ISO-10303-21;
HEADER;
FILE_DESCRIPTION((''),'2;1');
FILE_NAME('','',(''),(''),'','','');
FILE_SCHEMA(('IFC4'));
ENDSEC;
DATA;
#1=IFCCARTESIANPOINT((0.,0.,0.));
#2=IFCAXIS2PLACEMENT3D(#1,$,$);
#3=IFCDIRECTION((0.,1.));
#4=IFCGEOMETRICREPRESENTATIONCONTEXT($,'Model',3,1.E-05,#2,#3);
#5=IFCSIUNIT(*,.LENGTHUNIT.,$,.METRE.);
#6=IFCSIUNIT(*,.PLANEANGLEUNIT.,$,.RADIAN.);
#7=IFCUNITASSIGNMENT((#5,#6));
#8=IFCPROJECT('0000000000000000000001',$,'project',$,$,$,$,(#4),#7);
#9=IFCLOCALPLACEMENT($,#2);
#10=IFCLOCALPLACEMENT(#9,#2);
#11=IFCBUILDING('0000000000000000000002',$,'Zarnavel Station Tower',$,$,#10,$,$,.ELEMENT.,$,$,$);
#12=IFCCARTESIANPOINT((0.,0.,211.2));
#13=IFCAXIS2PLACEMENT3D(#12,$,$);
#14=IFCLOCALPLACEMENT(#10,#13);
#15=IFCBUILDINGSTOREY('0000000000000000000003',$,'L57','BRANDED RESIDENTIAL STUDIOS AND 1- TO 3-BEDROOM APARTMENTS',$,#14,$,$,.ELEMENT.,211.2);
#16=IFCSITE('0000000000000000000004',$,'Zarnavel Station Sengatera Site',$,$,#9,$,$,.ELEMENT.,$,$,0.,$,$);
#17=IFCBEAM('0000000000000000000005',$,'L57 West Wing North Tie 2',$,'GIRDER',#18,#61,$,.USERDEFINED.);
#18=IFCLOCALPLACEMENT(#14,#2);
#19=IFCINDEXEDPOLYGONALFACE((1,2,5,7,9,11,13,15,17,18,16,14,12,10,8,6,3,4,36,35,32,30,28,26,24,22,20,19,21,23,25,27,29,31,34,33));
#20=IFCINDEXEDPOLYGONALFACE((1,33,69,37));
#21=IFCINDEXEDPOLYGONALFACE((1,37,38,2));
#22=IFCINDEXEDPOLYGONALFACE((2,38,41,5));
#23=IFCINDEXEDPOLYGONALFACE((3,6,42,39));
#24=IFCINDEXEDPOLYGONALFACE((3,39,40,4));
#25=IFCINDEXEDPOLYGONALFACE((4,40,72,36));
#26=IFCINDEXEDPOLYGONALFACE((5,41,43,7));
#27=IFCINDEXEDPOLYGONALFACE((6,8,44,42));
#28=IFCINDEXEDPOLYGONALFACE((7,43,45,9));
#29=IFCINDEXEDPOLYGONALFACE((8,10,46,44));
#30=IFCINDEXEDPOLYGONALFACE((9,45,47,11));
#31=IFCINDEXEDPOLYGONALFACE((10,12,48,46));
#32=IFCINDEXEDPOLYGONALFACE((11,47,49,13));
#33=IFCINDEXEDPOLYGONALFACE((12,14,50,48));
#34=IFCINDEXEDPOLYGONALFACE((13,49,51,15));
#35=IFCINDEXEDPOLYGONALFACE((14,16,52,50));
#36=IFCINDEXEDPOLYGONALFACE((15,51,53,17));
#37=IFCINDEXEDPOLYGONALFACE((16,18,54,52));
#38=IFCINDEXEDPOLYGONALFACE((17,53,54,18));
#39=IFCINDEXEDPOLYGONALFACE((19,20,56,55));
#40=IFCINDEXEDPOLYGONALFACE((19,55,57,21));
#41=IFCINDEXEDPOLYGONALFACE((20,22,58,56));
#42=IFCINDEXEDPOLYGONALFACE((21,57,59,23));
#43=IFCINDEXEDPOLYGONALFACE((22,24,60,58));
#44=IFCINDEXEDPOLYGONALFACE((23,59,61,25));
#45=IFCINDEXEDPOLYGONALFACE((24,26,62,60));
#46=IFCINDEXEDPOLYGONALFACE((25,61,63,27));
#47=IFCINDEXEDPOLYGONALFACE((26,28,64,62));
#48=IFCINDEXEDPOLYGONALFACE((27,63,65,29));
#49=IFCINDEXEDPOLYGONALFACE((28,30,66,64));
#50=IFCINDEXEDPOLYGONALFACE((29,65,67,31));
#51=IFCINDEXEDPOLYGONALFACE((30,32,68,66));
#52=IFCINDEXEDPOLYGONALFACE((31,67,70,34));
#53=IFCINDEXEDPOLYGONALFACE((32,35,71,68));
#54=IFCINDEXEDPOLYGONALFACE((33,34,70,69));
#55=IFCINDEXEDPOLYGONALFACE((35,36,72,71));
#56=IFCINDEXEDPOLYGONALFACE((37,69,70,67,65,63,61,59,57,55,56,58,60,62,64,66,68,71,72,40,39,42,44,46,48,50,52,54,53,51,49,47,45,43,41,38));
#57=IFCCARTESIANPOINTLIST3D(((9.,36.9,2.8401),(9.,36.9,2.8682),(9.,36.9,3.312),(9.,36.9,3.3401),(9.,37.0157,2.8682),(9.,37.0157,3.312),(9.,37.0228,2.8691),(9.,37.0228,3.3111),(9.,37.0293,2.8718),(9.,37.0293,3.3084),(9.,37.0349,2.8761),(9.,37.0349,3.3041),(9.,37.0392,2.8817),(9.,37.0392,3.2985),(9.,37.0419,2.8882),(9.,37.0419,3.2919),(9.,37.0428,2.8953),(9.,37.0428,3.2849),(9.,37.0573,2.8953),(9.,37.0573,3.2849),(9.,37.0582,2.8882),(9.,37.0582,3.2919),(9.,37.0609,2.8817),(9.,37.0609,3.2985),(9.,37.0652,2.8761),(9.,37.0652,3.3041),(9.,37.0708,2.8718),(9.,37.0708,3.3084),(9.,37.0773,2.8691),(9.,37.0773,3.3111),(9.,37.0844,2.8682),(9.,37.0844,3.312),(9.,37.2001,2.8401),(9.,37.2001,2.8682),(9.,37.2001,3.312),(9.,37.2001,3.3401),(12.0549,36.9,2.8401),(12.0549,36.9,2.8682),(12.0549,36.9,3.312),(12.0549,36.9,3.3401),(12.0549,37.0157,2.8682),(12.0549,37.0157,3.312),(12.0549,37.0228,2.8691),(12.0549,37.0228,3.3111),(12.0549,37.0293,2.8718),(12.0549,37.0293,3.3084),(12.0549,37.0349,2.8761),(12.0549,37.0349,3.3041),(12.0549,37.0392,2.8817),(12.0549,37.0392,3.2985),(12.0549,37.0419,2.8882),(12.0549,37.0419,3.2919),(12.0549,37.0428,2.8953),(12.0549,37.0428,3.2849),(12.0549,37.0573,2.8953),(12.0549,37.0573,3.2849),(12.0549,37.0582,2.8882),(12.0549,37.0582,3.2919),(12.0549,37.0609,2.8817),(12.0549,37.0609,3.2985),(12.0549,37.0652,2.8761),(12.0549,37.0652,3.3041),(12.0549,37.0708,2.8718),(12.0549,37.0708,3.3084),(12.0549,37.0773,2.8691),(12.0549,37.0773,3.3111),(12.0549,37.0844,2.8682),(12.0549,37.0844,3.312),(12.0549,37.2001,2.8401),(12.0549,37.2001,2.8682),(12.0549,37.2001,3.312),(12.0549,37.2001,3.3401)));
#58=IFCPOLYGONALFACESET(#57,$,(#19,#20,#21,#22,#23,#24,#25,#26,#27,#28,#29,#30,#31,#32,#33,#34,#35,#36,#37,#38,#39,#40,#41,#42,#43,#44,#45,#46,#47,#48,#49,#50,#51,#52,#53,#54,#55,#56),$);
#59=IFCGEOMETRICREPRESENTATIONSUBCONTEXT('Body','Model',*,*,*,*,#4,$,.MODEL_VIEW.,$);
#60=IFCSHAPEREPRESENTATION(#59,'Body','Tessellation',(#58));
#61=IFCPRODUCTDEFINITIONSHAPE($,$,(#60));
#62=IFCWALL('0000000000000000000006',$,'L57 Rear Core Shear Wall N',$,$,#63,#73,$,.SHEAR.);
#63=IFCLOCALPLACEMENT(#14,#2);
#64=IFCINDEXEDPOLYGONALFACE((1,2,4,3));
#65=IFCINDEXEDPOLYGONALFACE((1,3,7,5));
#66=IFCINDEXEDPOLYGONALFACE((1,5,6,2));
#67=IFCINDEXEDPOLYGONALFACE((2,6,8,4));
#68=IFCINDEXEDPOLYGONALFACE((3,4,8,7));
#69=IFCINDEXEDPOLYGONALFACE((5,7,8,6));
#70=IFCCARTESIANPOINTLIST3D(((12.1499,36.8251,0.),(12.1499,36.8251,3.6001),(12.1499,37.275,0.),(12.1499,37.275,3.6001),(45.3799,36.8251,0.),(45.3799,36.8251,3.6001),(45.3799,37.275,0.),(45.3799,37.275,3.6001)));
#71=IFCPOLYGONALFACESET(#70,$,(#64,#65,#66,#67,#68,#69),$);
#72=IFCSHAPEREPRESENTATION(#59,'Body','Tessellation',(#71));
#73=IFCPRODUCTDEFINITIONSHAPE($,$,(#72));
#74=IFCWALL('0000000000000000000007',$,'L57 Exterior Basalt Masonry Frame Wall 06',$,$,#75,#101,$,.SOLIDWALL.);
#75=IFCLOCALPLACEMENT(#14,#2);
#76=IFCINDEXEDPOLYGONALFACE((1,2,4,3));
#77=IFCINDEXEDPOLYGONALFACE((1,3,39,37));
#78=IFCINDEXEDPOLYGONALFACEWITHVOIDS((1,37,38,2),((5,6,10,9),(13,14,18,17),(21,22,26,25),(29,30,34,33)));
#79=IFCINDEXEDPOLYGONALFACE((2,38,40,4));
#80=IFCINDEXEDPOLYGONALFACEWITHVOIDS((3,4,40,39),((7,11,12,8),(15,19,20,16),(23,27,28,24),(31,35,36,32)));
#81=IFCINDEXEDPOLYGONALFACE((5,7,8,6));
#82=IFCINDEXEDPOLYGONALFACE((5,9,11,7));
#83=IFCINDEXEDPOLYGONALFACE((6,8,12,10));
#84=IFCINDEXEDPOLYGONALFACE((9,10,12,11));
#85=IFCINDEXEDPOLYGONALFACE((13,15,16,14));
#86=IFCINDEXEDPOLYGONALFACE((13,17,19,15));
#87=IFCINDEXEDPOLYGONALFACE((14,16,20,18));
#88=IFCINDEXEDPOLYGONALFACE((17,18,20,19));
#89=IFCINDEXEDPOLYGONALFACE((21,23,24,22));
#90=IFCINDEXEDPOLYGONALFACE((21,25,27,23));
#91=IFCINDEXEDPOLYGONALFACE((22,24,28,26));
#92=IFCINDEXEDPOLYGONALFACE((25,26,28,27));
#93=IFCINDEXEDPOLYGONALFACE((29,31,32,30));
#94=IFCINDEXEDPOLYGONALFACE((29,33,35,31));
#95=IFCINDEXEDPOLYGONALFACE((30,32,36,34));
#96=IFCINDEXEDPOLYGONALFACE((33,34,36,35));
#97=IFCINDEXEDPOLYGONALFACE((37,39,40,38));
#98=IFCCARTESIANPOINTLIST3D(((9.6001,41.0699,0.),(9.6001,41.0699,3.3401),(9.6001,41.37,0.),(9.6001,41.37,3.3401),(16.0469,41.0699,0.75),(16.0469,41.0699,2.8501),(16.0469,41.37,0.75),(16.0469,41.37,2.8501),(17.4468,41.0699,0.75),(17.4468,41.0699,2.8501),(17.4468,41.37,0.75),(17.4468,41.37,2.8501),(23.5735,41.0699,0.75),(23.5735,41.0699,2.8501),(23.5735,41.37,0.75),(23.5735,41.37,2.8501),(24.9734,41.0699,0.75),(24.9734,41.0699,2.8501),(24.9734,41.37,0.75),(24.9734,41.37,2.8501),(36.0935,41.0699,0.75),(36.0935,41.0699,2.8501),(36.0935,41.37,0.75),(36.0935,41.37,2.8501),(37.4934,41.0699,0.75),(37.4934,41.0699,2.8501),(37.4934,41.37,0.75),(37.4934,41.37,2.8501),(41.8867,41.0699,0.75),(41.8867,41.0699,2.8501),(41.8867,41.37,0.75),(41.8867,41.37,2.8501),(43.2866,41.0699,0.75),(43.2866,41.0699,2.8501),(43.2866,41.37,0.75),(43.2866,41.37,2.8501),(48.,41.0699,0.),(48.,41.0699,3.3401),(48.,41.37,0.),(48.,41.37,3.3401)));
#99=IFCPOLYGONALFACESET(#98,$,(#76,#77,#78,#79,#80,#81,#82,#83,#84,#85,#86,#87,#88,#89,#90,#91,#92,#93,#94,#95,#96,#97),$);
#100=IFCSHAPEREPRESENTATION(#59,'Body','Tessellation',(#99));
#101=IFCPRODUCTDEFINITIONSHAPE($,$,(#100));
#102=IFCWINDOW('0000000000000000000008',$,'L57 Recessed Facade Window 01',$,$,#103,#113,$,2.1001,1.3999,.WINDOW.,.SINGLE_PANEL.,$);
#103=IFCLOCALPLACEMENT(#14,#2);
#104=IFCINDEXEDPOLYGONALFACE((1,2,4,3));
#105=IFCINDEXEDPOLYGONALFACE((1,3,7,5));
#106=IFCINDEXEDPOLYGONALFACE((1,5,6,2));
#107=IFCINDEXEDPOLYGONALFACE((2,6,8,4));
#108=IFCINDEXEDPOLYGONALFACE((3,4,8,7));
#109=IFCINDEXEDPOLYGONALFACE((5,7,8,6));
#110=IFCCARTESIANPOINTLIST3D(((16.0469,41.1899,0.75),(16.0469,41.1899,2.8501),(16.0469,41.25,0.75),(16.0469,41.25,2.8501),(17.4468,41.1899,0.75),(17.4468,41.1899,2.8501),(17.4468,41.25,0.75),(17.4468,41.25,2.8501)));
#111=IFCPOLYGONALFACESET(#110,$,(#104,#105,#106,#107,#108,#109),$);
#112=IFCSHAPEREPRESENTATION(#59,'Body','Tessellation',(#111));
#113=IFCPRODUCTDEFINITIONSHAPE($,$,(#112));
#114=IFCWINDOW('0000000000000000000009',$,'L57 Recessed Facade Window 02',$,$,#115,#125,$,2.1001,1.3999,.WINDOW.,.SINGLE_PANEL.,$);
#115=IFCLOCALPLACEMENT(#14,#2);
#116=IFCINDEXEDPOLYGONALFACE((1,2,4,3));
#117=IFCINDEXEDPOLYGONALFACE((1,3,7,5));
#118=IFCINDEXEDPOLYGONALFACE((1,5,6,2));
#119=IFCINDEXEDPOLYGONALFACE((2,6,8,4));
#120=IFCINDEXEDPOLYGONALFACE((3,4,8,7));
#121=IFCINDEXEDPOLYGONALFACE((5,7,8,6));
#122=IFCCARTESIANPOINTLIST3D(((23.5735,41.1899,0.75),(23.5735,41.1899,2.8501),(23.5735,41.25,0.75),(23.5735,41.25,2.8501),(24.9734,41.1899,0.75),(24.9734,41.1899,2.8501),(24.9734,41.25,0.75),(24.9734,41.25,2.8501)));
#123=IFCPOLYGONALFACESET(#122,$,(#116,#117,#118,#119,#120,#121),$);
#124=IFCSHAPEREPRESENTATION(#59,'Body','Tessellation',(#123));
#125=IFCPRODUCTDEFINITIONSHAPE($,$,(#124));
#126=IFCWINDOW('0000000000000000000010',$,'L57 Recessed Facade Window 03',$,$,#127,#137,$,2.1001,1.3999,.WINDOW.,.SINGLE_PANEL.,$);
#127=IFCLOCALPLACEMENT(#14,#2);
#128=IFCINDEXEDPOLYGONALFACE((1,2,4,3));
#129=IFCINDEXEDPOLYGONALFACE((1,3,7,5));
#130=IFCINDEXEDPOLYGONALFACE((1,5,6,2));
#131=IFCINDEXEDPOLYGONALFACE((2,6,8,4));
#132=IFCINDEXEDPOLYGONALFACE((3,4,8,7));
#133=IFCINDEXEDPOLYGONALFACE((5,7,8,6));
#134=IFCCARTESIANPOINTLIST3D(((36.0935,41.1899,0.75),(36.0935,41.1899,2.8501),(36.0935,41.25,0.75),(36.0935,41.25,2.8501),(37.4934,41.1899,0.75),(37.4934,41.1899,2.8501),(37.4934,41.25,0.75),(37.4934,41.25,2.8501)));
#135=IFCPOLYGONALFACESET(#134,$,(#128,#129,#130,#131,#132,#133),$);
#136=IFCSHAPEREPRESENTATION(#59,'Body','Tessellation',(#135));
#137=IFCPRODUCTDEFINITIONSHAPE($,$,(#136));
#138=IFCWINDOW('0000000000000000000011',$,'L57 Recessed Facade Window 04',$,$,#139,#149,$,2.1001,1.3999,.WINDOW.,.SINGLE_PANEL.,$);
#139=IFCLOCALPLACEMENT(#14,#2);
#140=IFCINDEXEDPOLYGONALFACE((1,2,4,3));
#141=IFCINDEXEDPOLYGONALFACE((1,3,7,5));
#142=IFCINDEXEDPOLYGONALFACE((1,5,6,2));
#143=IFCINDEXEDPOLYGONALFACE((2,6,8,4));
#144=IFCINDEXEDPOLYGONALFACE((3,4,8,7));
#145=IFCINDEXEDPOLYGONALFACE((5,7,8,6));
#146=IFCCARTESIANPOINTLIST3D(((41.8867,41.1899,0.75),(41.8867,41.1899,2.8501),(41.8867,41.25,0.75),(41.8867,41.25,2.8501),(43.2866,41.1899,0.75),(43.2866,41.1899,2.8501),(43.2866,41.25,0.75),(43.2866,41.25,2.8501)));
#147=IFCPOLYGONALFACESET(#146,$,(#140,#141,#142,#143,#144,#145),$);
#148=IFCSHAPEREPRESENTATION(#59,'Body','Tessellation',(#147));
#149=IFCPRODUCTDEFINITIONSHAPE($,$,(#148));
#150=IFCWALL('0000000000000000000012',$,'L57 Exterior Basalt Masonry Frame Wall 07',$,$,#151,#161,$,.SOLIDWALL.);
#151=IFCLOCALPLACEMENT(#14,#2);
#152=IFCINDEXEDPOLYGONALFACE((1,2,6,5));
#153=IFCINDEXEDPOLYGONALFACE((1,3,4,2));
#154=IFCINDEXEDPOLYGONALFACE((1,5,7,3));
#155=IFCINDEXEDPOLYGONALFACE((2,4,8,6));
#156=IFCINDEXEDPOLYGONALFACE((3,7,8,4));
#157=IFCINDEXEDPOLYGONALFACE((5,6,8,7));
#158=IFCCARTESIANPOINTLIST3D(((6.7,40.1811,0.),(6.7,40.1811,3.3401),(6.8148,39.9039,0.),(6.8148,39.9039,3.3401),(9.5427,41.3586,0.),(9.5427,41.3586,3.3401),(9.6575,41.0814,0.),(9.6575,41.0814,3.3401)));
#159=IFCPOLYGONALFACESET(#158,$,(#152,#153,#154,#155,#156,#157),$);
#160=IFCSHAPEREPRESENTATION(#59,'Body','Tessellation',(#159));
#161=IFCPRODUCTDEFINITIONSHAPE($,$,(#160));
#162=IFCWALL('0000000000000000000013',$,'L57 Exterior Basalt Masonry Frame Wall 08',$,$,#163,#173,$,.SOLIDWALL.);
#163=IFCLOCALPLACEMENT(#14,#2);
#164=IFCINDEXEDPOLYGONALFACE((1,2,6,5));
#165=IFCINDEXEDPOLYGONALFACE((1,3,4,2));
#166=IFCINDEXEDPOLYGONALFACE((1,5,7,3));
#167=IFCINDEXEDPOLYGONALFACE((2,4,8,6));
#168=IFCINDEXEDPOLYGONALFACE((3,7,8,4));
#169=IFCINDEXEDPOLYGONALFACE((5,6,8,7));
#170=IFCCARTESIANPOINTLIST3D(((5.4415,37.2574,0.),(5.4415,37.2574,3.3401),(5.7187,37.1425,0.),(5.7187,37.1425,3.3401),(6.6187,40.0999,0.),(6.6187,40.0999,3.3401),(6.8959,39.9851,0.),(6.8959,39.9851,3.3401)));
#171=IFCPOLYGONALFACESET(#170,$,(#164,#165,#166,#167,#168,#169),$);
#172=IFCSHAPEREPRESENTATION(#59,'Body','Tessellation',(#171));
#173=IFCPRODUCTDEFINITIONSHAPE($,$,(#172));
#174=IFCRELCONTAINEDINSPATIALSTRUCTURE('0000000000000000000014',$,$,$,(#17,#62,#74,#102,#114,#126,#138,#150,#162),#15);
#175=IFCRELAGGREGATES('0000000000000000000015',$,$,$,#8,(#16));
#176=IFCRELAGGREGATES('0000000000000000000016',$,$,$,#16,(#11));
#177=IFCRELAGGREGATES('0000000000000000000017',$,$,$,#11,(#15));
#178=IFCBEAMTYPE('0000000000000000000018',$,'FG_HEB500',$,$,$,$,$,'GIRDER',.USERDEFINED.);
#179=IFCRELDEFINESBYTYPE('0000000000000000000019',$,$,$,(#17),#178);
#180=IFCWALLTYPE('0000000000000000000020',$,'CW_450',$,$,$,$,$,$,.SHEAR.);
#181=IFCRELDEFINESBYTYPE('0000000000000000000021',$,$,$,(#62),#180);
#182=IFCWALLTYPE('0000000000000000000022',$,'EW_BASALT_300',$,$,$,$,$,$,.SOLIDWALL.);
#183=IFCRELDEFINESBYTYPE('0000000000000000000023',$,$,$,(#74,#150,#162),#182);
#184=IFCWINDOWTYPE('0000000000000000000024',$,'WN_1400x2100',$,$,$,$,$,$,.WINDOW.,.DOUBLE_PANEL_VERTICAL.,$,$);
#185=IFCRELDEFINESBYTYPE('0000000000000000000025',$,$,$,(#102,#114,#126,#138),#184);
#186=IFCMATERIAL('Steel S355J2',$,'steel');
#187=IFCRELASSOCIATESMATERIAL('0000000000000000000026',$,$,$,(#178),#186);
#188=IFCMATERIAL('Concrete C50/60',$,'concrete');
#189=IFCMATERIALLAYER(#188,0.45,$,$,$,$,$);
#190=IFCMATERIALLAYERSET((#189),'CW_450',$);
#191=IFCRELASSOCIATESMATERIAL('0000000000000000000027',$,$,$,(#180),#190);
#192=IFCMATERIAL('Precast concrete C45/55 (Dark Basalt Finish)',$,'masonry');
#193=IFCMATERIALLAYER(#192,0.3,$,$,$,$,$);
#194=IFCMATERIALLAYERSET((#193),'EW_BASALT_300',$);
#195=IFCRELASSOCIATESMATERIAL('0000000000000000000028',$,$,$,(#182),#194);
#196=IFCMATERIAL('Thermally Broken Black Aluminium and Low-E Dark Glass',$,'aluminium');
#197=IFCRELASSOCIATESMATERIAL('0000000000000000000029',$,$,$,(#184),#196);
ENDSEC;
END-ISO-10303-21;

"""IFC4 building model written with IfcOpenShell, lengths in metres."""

from ifc_helpers import new_model, si_unit, direction, frame, frame_2d, origin, origin_2d, place, context, subcontext, project, spatial, rectangle, i_section, extrude, material, layer, layer_set, material_profile, profile_set, type_object, element, fill, save


model = new_model("IFC4")

# Units and contexts
model_context = context("Model", 3, precision=1e-05, world=origin(), true_north=direction((0.0, 1.0)))
body_context = subcontext(model_context, "Body", "Model", "MODEL_VIEW")
ifc_project = project(units=[si_unit("LENGTHUNIT", "METRE"), si_unit("PLANEANGLEUNIT", "RADIAN")], contexts=[model_context])

# Site, building, storey
site_placement = place(None, origin())
site = spatial("IfcSite", under=ifc_project, at=site_placement, Name="Zarnavel Station Sengatera Site", CompositionType="ELEMENT", RefElevation=0.0)
building_placement = place(site_placement, origin())
building = spatial("IfcBuilding", under=site, at=building_placement, Name="Zarnavel Station Tower", CompositionType="ELEMENT")
storey_placement = place(building_placement, frame((0.0, 0.0, 211.2)))
storey = spatial("IfcBuildingStorey", under=building, at=storey_placement, Name="L57", Description="BRANDED RESIDENTIAL STUDIOS AND 1- TO 3-BEDROOM APARTMENTS", CompositionType="ELEMENT", Elevation=211.2)

# Beam
ifc_material_1 = material(Name="Steel S355J2", Category="steel")
ifc_material_profile_1 = material_profile(ifc_material_1, i_section(OverallWidth=0.3, OverallDepth=0.5, WebThickness=0.0144, FlangeThickness=0.0281, FilletRadius=0.0271, at=origin_2d()), Name="HEB500")
ifc_profile_set_1 = profile_set([ifc_material_profile_1], Name="Steel S355J2")
beam_type = type_object("IfcBeamType", Name="FG_HEB500", ElementType="GIRDER", PredefinedType="USERDEFINED", material=ifc_profile_set_1)
beam_1_placement = place(storey_placement, frame((9.0, 37.05, 3.0901), z_axis=(1.0, 0.0, 0.0), x_axis=(0.0, 1.0, 0.0)))
element("IfcBeam", 1, at=beam_1_placement, inside=storey, type_object=beam_type, Name="L57 West Wing North Tie 2", ObjectType="GIRDER", PredefinedType="USERDEFINED", context=body_context, shape_type="SweptSolid", body=[
    extrude(i_section(OverallWidth=0.3, OverallDepth=0.5, WebThickness=0.0144, FlangeThickness=0.0281, FilletRadius=0.0271, at=origin_2d()), origin(), (0.0, 0.0, 1.0), 3.0549),
])

# Wall
ifc_material_2 = material(Name="Concrete C50/60", Category="concrete")
ifc_layer_1 = layer(ifc_material_2, 0.45)
ifc_layer_set_1 = layer_set([ifc_layer_1], Name="CW_450")
wall_type_1 = type_object("IfcWallType", Name="CW_450", PredefinedType="SHEAR", material=ifc_layer_set_1)
wall_1_placement = place(storey_placement, frame((12.1499, 37.05, 0.0), z_axis=(0.0, 0.0, 1.0), x_axis=(1.0, 0.0, 0.0)))
element("IfcWall", 2, at=wall_1_placement, inside=storey, type_object=wall_type_1, Name="L57 Rear Core Shear Wall N", PredefinedType="SHEAR", context=body_context, shape_type="SweptSolid", body=[
    extrude(rectangle(XDim=33.23, YDim=0.45, at=frame_2d((16.615, 0.0))), origin(), (0.0, 0.0, 1.0), 3.6001),
])

# Wall, openings, windows
ifc_material_3 = material(Name="Precast concrete C45/55 (Dark Basalt Finish)", Category="masonry")
ifc_layer_2 = layer(ifc_material_3, 0.3)
ifc_layer_set_2 = layer_set([ifc_layer_2], Name="EW_BASALT_300")
wall_type_2 = type_object("IfcWallType", Name="EW_BASALT_300", PredefinedType="SOLIDWALL", material=ifc_layer_set_2)
wall_2_placement = place(storey_placement, frame((9.6001, 41.22, 0.0), z_axis=(0.0, 0.0, 1.0), x_axis=(1.0, 0.0, 0.0)))
wall_2 = element("IfcWall", 3, at=wall_2_placement, inside=storey, type_object=wall_type_2, Name="L57 Exterior Basalt Masonry Frame Wall 06", PredefinedType="SOLIDWALL", context=body_context, shape_type="SweptSolid", body=[
    extrude(rectangle(XDim=38.3999, YDim=0.3, at=frame_2d((19.2, 0.0))), origin(), (0.0, 0.0, 1.0), 3.3401),
])
opening_1_placement = place(wall_2_placement, frame((6.4468, 0.0, 0.75)))
opening_1 = element("IfcOpeningElement", 4, at=opening_1_placement, cuts=wall_2, PredefinedType="OPENING", context=body_context, shape_type="SweptSolid", body=[
    extrude(rectangle(XDim=1.3999, YDim=2.1001, at=frame_2d((0.7, 1.05))), frame((0.0, 0.1599, 0.0), z_axis=(0.0, -1.0, 0.0), x_axis=(1.0, 0.0, 0.0)), (0.0, 0.0, 1.0), 0.3201),
])
opening_2_placement = place(wall_2_placement, frame((13.9734, 0.0, 0.75)))
opening_2 = element("IfcOpeningElement", 5, at=opening_2_placement, cuts=wall_2, PredefinedType="OPENING", context=body_context, shape_type="SweptSolid", body=[
    extrude(rectangle(XDim=1.3999, YDim=2.1001, at=frame_2d((0.7, 1.05))), frame((0.0, 0.1599, 0.0), z_axis=(0.0, -1.0, 0.0), x_axis=(1.0, 0.0, 0.0)), (0.0, 0.0, 1.0), 0.3201),
])
opening_3_placement = place(wall_2_placement, frame((26.4934, 0.0, 0.75)))
opening_3 = element("IfcOpeningElement", 6, at=opening_3_placement, cuts=wall_2, PredefinedType="OPENING", context=body_context, shape_type="SweptSolid", body=[
    extrude(rectangle(XDim=1.3999, YDim=2.1001, at=frame_2d((0.7, 1.05))), frame((0.0, 0.1599, 0.0), z_axis=(0.0, -1.0, 0.0), x_axis=(1.0, 0.0, 0.0)), (0.0, 0.0, 1.0), 0.3201),
])
opening_4_placement = place(wall_2_placement, frame((32.2866, 0.0, 0.75)))
opening_4 = element("IfcOpeningElement", 7, at=opening_4_placement, cuts=wall_2, PredefinedType="OPENING", context=body_context, shape_type="SweptSolid", body=[
    extrude(rectangle(XDim=1.3999, YDim=2.1001, at=frame_2d((0.7, 1.05))), frame((0.0, 0.1599, 0.0), z_axis=(0.0, -1.0, 0.0), x_axis=(1.0, 0.0, 0.0)), (0.0, 0.0, 1.0), 0.3201),
])
ifc_material_4 = material(Name="Thermally Broken Black Aluminium and Low-E Dark Glass", Category="aluminium")
window_type = type_object("IfcWindowType", Name="WN_1400x2100", PartitioningType="DOUBLE_PANEL_VERTICAL", PredefinedType="WINDOW", material=ifc_material_4)
window_1_placement = place(opening_1_placement, origin())
window_1 = element("IfcWindow", 8, at=window_1_placement, inside=storey, type_object=window_type, Name="L57 Recessed Facade Window 01", OverallHeight=2.1001, OverallWidth=1.3999, PartitioningType="SINGLE_PANEL", PredefinedType="WINDOW", context=body_context, shape_type="SweptSolid", body=[
    extrude(rectangle(XDim=1.3999, YDim=2.1001, at=frame_2d((0.7, 1.05))), frame((0.0, 0.03, 0.0), z_axis=(0.0, -1.0, 0.0), x_axis=(1.0, 0.0, 0.0)), (0.0, 0.0, 1.0), 0.0601),
])
fill(opening_1, window_1)
window_2_placement = place(opening_2_placement, origin())
window_2 = element("IfcWindow", 9, at=window_2_placement, inside=storey, type_object=window_type, Name="L57 Recessed Facade Window 02", OverallHeight=2.1001, OverallWidth=1.3999, PartitioningType="SINGLE_PANEL", PredefinedType="WINDOW", context=body_context, shape_type="SweptSolid", body=[
    extrude(rectangle(XDim=1.3999, YDim=2.1001, at=frame_2d((0.7, 1.05))), frame((0.0, 0.03, 0.0), z_axis=(0.0, -1.0, 0.0), x_axis=(1.0, 0.0, 0.0)), (0.0, 0.0, 1.0), 0.0601),
])
fill(opening_2, window_2)
window_3_placement = place(opening_3_placement, origin())
window_3 = element("IfcWindow", 10, at=window_3_placement, inside=storey, type_object=window_type, Name="L57 Recessed Facade Window 03", OverallHeight=2.1001, OverallWidth=1.3999, PartitioningType="SINGLE_PANEL", PredefinedType="WINDOW", context=body_context, shape_type="SweptSolid", body=[
    extrude(rectangle(XDim=1.3999, YDim=2.1001, at=frame_2d((0.7, 1.05))), frame((0.0, 0.03, 0.0), z_axis=(0.0, -1.0, 0.0), x_axis=(1.0, 0.0, 0.0)), (0.0, 0.0, 1.0), 0.0601),
])
fill(opening_3, window_3)
window_4_placement = place(opening_4_placement, origin())
window_4 = element("IfcWindow", 11, at=window_4_placement, inside=storey, type_object=window_type, Name="L57 Recessed Facade Window 04", OverallHeight=2.1001, OverallWidth=1.3999, PartitioningType="SINGLE_PANEL", PredefinedType="WINDOW", context=body_context, shape_type="SweptSolid", body=[
    extrude(rectangle(XDim=1.3999, YDim=2.1001, at=frame_2d((0.7, 1.05))), frame((0.0, 0.03, 0.0), z_axis=(0.0, -1.0, 0.0), x_axis=(1.0, 0.0, 0.0)), (0.0, 0.0, 1.0), 0.0601),
])
fill(opening_4, window_4)

# Walls
wall_3_placement = place(storey_placement, frame((6.7573, 40.0425, 0.0), z_axis=(0.0, 0.0, 1.0), x_axis=(0.923882, 0.382676, 0.0)))
element("IfcWall", 12, at=wall_3_placement, inside=storey, type_object=wall_type_2, Name="L57 Exterior Basalt Masonry Frame Wall 07", PredefinedType="SOLIDWALL", context=body_context, shape_type="SweptSolid", body=[
    extrude(rectangle(XDim=3.0769, YDim=0.3, at=frame_2d((1.5386, 0.0))), origin(), (0.0, 0.0, 1.0), 3.3401),
])
wall_4_placement = place(storey_placement, frame((5.5801, 37.2, 0.0), z_axis=(0.0, 0.0, 1.0), x_axis=(0.382637, 0.923899, 0.0)))
element("IfcWall", 13, at=wall_4_placement, inside=storey, type_object=wall_type_2, Name="L57 Exterior Basalt Masonry Frame Wall 08", PredefinedType="SOLIDWALL", context=body_context, shape_type="SweptSolid", body=[
    extrude(rectangle(XDim=3.0767, YDim=0.3, at=frame_2d((1.5383, 0.0))), origin(), (0.0, 0.0, 1.0), 3.3401),
])

save(model, "model.ifc")
